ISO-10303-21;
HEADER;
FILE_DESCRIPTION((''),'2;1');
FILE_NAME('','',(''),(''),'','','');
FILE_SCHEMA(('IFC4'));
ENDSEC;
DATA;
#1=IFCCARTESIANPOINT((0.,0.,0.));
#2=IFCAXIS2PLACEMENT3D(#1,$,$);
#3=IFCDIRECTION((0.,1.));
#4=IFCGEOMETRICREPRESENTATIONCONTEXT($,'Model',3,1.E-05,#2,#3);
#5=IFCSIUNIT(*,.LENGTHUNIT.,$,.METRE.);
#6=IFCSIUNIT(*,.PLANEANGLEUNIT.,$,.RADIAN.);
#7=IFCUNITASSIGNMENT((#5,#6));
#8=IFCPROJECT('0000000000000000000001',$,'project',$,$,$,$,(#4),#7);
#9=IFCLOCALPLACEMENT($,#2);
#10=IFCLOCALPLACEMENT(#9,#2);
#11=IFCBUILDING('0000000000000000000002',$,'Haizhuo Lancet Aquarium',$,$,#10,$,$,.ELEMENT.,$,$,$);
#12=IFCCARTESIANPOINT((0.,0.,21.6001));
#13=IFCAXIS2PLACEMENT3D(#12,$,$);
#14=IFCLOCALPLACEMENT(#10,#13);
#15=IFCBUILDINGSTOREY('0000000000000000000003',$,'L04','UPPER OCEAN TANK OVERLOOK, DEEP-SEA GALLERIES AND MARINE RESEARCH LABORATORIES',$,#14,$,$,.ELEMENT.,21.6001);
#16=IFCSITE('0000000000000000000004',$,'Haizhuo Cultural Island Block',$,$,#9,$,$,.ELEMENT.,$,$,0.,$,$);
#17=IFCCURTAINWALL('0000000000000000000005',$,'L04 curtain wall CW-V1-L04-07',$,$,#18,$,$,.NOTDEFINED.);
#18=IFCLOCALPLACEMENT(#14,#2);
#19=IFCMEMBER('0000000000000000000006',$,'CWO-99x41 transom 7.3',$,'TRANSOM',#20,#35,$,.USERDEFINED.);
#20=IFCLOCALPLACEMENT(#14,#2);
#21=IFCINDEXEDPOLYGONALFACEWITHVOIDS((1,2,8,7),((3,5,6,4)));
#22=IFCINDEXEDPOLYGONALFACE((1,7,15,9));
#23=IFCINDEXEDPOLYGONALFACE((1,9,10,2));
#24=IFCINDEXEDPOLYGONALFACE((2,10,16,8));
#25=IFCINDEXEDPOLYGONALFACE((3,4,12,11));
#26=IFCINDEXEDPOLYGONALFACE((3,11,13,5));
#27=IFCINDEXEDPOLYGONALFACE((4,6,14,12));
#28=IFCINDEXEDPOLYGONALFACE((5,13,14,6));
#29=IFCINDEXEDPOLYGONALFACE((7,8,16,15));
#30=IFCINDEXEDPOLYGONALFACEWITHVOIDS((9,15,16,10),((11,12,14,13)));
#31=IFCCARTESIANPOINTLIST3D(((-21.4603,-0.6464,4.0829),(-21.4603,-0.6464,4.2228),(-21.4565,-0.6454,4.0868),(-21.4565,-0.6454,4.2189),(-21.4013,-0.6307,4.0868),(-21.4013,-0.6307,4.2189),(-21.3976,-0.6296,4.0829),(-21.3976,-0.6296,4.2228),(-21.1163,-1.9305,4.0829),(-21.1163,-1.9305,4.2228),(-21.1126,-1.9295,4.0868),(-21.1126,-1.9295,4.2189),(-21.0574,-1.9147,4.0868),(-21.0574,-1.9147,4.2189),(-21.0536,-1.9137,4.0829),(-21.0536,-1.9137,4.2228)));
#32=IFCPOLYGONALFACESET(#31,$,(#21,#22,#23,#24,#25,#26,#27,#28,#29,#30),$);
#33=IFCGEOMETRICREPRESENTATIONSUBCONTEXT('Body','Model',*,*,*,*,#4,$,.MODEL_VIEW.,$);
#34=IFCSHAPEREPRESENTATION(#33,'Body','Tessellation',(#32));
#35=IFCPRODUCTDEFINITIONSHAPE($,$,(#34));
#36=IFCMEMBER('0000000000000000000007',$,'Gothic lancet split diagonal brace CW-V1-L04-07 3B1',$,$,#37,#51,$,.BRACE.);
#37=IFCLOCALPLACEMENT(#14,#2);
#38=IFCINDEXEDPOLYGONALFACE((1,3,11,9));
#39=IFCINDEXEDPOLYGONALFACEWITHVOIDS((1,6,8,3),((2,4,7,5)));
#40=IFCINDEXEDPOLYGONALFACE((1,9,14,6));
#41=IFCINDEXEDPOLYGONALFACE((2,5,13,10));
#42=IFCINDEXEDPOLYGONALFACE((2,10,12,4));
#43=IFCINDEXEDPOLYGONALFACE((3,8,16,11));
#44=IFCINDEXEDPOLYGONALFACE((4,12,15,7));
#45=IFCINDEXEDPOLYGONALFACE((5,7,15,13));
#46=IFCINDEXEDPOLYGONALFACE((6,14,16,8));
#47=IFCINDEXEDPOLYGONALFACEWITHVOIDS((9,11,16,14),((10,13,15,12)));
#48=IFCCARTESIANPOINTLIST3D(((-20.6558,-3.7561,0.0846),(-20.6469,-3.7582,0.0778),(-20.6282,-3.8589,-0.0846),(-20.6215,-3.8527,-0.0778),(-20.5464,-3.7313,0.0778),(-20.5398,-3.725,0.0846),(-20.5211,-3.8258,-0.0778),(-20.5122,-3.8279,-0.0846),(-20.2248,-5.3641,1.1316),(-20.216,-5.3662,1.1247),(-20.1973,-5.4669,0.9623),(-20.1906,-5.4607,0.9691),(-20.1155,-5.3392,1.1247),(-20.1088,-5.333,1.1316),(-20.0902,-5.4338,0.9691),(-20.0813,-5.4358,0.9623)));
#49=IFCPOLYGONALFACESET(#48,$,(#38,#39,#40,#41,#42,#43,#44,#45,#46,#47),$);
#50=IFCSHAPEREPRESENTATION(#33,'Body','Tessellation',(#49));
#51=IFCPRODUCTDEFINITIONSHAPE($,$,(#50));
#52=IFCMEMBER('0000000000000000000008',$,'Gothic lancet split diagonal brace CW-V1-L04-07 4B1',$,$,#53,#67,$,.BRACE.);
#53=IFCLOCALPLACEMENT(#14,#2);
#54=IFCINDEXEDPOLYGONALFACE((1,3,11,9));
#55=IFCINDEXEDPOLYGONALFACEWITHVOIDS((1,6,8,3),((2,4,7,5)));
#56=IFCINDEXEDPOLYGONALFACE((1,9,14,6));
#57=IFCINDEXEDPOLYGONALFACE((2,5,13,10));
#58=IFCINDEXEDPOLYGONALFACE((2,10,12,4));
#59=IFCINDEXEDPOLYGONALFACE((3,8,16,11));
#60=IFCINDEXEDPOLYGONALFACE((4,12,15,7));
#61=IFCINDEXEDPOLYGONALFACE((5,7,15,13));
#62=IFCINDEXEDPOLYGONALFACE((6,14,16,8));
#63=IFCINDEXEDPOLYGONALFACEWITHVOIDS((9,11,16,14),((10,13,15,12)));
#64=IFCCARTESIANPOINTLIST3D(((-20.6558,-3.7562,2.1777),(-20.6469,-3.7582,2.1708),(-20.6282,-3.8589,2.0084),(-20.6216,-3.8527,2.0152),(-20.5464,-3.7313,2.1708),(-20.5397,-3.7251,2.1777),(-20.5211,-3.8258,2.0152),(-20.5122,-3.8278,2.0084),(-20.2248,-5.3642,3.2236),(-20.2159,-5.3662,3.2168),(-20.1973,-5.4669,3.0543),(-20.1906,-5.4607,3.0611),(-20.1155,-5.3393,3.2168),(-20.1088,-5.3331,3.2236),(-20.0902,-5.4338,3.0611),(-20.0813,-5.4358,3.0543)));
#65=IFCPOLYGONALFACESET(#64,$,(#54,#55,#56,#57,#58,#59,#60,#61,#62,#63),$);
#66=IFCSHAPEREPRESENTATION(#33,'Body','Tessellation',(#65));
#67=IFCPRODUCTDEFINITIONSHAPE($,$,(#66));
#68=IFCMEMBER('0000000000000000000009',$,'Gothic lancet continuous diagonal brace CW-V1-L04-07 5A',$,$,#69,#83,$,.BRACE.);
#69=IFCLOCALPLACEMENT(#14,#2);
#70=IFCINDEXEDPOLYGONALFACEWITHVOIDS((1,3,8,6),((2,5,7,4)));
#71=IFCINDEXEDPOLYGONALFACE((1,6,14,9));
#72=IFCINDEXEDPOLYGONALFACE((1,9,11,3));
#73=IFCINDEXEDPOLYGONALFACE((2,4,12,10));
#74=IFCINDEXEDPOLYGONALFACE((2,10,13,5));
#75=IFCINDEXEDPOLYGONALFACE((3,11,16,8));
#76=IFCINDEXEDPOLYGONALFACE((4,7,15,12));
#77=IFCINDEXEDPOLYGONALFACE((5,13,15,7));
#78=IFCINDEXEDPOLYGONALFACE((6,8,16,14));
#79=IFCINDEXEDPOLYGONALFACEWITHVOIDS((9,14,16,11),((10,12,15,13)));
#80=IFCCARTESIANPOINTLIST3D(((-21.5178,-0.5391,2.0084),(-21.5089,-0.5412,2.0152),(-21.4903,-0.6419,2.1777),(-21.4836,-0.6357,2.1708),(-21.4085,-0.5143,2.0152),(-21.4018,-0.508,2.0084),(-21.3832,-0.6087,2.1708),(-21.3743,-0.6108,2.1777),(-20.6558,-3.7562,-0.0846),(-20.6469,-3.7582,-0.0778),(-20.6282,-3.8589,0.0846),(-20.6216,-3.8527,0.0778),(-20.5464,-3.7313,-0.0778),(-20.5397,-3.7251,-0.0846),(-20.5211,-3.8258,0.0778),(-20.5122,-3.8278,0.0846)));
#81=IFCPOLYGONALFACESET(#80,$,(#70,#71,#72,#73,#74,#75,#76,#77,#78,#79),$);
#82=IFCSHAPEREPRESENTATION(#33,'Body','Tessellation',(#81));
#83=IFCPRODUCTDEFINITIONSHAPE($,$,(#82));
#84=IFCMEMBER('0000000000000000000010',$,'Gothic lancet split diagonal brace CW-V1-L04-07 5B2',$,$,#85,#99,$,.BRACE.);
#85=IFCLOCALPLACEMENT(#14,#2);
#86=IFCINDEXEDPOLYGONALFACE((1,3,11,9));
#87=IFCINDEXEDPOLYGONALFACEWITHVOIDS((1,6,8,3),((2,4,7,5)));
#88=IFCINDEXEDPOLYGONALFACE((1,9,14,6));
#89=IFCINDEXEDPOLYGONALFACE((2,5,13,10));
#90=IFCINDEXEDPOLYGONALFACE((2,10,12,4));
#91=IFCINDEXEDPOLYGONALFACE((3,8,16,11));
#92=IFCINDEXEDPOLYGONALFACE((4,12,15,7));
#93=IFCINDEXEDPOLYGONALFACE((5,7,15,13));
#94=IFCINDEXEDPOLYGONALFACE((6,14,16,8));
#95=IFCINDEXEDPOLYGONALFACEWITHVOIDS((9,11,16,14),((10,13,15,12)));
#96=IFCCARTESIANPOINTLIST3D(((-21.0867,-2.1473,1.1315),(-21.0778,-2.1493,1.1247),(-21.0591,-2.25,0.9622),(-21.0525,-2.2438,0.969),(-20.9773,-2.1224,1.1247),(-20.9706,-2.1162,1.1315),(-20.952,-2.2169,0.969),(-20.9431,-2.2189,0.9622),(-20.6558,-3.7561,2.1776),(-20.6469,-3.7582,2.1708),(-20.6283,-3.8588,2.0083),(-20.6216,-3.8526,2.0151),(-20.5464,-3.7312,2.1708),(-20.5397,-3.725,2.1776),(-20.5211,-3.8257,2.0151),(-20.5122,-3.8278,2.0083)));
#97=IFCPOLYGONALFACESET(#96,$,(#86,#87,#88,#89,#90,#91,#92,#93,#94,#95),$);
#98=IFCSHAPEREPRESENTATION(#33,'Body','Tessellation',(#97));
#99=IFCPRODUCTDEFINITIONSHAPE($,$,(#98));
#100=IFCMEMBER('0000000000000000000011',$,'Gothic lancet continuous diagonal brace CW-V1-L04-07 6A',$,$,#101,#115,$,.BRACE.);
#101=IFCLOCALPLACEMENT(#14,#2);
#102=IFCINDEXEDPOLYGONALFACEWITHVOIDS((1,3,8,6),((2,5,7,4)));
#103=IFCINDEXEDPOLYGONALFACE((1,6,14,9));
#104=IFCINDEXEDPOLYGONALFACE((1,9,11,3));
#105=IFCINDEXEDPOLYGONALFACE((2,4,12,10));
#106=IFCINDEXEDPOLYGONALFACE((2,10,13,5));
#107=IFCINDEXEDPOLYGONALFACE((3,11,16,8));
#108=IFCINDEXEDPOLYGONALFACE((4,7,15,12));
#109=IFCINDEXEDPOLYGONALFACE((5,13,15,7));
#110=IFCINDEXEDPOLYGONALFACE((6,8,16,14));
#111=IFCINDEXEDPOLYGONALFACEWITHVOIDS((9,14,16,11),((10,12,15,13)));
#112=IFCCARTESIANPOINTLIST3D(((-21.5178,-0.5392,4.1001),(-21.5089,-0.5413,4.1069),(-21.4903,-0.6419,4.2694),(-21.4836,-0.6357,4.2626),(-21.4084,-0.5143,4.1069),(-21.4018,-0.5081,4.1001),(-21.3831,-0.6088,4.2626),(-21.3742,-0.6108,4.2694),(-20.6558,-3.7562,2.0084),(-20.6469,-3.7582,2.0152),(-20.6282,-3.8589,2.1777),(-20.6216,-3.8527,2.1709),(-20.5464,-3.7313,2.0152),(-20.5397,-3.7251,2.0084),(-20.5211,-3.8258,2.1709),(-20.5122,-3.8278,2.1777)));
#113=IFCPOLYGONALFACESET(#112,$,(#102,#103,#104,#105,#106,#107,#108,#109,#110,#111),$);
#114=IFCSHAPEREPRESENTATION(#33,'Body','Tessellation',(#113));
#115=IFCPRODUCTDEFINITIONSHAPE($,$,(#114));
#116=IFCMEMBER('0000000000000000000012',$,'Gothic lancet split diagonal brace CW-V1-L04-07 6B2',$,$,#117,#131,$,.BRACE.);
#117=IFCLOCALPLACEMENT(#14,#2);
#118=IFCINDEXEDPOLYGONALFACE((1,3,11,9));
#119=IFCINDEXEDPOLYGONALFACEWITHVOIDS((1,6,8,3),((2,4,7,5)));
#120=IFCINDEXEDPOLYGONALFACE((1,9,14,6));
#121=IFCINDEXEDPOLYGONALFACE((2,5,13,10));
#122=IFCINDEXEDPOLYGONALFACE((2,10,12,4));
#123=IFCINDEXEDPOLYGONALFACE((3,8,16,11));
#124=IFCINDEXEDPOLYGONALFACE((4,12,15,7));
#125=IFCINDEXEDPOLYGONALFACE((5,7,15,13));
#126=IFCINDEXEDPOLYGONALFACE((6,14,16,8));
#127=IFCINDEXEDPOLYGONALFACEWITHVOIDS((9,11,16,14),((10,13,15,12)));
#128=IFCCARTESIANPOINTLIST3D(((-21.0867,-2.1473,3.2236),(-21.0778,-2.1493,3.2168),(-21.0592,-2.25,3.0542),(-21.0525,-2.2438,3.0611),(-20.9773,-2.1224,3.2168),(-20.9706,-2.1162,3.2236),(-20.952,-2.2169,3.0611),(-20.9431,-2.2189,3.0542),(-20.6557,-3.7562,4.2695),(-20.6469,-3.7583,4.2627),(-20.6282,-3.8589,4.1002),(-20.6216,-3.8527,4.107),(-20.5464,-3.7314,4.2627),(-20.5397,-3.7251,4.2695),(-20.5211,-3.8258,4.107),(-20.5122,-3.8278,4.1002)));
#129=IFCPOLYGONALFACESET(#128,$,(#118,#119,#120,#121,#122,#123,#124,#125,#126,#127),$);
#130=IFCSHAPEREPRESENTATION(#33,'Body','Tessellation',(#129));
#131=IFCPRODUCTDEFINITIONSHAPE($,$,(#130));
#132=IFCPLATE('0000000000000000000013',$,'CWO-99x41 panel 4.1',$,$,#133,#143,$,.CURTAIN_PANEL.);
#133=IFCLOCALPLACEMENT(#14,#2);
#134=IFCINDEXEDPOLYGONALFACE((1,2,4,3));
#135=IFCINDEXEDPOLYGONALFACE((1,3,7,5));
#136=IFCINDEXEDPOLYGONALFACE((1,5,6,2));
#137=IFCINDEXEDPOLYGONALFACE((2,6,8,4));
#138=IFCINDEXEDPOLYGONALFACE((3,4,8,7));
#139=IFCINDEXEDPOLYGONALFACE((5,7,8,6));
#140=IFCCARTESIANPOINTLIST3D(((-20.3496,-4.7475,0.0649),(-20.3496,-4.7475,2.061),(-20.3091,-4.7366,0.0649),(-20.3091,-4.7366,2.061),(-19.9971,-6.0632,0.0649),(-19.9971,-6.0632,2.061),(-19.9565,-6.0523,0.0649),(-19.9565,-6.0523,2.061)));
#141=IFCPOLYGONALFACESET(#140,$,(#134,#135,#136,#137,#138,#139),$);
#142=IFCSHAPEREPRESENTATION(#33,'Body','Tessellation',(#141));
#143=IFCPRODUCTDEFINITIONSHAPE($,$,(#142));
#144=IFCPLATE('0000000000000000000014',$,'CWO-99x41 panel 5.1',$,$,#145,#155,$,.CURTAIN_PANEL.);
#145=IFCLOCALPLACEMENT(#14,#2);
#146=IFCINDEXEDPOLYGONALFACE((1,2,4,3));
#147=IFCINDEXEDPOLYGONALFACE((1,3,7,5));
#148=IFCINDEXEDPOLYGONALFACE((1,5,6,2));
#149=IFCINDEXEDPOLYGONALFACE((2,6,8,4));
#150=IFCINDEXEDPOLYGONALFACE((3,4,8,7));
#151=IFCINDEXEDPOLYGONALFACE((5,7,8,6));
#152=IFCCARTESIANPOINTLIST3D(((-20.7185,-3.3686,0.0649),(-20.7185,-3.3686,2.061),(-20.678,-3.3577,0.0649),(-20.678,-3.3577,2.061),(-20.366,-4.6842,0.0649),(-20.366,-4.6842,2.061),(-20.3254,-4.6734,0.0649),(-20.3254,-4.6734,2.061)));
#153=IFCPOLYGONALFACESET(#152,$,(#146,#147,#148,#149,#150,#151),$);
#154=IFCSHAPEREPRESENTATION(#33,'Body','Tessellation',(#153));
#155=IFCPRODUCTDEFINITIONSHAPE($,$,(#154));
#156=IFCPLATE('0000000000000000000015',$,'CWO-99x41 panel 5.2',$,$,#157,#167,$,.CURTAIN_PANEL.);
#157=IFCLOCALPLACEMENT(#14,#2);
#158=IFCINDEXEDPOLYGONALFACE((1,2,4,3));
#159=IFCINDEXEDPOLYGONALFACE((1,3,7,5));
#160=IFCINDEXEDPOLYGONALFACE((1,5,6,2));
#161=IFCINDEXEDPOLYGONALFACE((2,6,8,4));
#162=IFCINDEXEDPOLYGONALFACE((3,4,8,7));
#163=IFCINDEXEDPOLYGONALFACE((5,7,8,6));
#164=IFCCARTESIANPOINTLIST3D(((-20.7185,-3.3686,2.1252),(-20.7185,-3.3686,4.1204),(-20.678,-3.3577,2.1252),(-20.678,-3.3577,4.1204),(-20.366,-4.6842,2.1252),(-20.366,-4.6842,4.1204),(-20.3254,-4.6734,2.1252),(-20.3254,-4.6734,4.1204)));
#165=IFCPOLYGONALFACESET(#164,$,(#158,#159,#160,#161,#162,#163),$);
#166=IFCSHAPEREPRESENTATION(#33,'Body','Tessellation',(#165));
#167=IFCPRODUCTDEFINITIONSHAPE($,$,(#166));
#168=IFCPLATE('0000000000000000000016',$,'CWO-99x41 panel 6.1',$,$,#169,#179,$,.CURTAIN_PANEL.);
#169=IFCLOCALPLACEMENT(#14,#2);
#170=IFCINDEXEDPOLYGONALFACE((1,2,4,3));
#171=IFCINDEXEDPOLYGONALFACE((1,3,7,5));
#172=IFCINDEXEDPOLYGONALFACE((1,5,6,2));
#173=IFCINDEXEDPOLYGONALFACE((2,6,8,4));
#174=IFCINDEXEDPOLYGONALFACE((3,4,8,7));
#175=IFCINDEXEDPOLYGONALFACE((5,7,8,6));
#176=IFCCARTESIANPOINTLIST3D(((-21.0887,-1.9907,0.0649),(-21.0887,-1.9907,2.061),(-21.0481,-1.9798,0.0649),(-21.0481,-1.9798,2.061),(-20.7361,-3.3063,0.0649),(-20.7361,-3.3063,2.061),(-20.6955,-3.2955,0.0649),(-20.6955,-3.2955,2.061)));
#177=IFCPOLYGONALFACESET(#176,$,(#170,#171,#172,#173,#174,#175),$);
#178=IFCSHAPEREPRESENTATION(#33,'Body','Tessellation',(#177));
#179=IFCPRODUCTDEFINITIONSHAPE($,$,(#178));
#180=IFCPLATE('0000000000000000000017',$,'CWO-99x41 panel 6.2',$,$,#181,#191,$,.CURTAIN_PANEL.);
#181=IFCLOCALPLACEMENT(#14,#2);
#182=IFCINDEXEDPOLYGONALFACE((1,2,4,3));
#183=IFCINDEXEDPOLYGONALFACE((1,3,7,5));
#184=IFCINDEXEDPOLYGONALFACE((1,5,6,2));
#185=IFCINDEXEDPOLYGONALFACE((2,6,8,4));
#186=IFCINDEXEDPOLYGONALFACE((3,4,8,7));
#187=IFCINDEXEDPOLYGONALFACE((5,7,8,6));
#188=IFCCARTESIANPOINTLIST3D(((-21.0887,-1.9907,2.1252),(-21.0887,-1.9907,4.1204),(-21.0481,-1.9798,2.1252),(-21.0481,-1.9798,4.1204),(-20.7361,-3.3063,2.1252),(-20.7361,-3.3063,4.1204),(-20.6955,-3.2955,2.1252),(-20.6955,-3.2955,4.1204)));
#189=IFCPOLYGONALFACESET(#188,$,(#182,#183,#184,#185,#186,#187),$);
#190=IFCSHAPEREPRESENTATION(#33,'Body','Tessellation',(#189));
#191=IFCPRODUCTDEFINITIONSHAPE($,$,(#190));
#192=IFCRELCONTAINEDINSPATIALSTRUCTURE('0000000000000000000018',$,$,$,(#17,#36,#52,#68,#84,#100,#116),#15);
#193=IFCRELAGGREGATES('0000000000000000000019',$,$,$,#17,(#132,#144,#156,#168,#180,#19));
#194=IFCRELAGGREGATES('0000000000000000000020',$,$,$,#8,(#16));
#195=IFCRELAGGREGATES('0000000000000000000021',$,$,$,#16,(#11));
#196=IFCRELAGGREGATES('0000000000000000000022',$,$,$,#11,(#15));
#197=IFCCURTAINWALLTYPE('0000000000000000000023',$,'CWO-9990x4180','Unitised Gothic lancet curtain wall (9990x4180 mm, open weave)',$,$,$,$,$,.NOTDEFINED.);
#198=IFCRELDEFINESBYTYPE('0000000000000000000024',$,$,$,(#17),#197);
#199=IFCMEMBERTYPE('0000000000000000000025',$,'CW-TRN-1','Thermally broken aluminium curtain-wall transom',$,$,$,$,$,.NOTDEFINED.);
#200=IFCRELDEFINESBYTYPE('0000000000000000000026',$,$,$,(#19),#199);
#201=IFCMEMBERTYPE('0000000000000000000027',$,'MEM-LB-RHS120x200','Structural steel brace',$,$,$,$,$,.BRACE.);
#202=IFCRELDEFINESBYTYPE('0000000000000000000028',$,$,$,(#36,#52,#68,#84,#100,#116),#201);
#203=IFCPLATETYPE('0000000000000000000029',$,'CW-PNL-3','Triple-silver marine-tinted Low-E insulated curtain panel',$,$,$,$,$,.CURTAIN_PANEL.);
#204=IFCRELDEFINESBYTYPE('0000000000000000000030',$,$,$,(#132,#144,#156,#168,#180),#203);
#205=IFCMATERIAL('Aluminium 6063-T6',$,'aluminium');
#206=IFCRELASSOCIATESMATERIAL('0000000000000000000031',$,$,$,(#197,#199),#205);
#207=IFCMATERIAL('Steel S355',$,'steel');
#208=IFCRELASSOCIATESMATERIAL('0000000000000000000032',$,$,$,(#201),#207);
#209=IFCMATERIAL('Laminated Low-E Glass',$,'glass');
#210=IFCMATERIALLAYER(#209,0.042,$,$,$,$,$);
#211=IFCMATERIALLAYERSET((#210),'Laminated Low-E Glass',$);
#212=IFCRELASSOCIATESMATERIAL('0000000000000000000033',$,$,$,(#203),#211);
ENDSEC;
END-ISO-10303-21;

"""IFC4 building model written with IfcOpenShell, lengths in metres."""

from ifc_helpers import new_model, si_unit, direction, frame, origin, origin_2d, place, context, subcontext, project, spatial, rectangle, hollow_rectangle, extrude, material, layer, layer_set, material_profile, profile_set, type_object, element, aggregate, save


model = new_model("IFC4")

# Units and contexts
model_context = context("Model", 3, precision=1e-05, world=origin(), true_north=direction((0.0, 1.0)))
body_context = subcontext(model_context, "Body", "Model", "MODEL_VIEW")
ifc_project = project(units=[si_unit("LENGTHUNIT", "METRE"), si_unit("PLANEANGLEUNIT", "RADIAN")], contexts=[model_context])

# Site, building, storey
site_placement = place(None, origin())
site = spatial("IfcSite", under=ifc_project, at=site_placement, Name="Haizhuo Cultural Island Block", CompositionType="ELEMENT", RefElevation=0.0)
building_placement = place(site_placement, origin())
building = spatial("IfcBuilding", under=site, at=building_placement, Name="Haizhuo Lancet Aquarium", CompositionType="ELEMENT")
storey_placement = place(building_placement, frame((0.0, 0.0, 21.6001)))
storey = spatial("IfcBuildingStorey", under=building, at=storey_placement, Name="L04", Description="UPPER OCEAN TANK OVERLOOK, DEEP-SEA GALLERIES AND MARINE RESEARCH LABORATORIES", CompositionType="ELEMENT", Elevation=21.6001)

# Curtain wall, member
ifc_material_1 = material(Name="Aluminium 6063-T6", Category="aluminium")
curtain_wall_type = type_object("IfcCurtainWallType", Name="CWO-9990x4180", Description="Unitised Gothic lancet curtain wall (9990x4180 mm, open weave)", PredefinedType="NOTDEFINED", material=ifc_material_1)
curtain_wall_placement = place(storey_placement, origin())
curtain_wall = element("IfcCurtainWall", 1, at=curtain_wall_placement, inside=storey, type_object=curtain_wall_type, Name="L04 curtain wall CW-V1-L04-07", PredefinedType="NOTDEFINED")
ifc_material_profile_1 = material_profile(ifc_material_1, hollow_rectangle(XDim=0.0649, YDim=0.1399, WallThickness=0.0039, at=origin_2d()), Name="ALU-T 65x140x4")
ifc_profile_set_1 = profile_set([ifc_material_profile_1], Name="Aluminium 6063-T6")
member_type_1 = type_object("IfcMemberType", Name="CW-TRN-1", Description="Thermally broken aluminium curtain-wall transom", PredefinedType="NOTDEFINED", material=ifc_profile_set_1)
member_1_placement = place(storey_placement, frame((-21.085, -1.9221, 4.1528), z_axis=(-0.258748, 0.965945, 0.0), x_axis=(-0.965945, -0.258748, 0.0)))
member_1 = element("IfcMember", 2, at=member_1_placement, type_object=member_type_1, Name="CWO-99x41 transom 7.3", ObjectType="TRANSOM", PredefinedType="USERDEFINED", context=body_context, shape_type="SweptSolid", body=[
    extrude(hollow_rectangle(XDim=0.0649, YDim=0.1399, WallThickness=0.0039, at=origin_2d()), origin(), (0.0, 0.0, 1.0), 1.3293),
])

# Members
ifc_material_2 = material(Name="Steel S355", Category="steel")
ifc_material_profile_2 = material_profile(ifc_material_2, hollow_rectangle(XDim=0.1201, YDim=0.2, WallThickness=0.0081, at=origin_2d()), Name="RHS 120x200x8")
ifc_profile_set_2 = profile_set([ifc_material_profile_2], Name="Steel S355")
member_type_2 = type_object("IfcMemberType", Name="MEM-LB-RHS120x200", Description="Structural steel brace", PredefinedType="BRACE", material=ifc_profile_set_2)
member_2_placement = place(storey_placement, frame((-20.584, -3.792, 0.0), z_axis=(0.219128, -0.817663, 0.532363), x_axis=(0.965915, 0.258858, 0.0)))
element("IfcMember", 3, at=member_2_placement, inside=storey, type_object=member_type_2, Name="Gothic lancet split diagonal brace CW-V1-L04-07 3B1", PredefinedType="BRACE", context=body_context, shape_type="SweptSolid", body=[
    extrude(hollow_rectangle(XDim=0.1201, YDim=0.2, WallThickness=0.0081, at=origin_2d()), origin(), (0.0, 0.0, 1.0), 1.9666),
])
member_3_placement = place(storey_placement, frame((-20.584, -3.792, 2.093), z_axis=(0.219186, -0.817879, 0.532007), x_axis=(0.965915, 0.258858, 0.0)))
element("IfcMember", 4, at=member_3_placement, inside=storey, type_object=member_type_2, Name="Gothic lancet split diagonal brace CW-V1-L04-07 4B1", PredefinedType="BRACE", context=body_context, shape_type="SweptSolid", body=[
    extrude(hollow_rectangle(XDim=0.1201, YDim=0.2, WallThickness=0.0081, at=origin_2d()), origin(), (0.0, 0.0, 1.0), 1.9661),
])
member_4_placement = place(storey_placement, frame((-20.584, -3.792, 0.0), z_axis=(-0.219153, 0.817836, 0.532087), x_axis=(-0.965922, -0.258835, 0.0)))
element("IfcMember", 5, at=member_4_placement, inside=storey, type_object=member_type_2, Name="Gothic lancet continuous diagonal brace CW-V1-L04-07 5A", PredefinedType="BRACE", context=body_context, shape_type="SweptSolid", body=[
    extrude(hollow_rectangle(XDim=0.1201, YDim=0.2, WallThickness=0.0081, at=origin_2d()), origin(), (0.0, 0.0, 1.0), 3.9336),
])
member_5_placement = place(storey_placement, frame((-21.0149, -2.1831, 1.0469), z_axis=(0.219082, -0.81799, 0.53188), x_axis=(0.965955, 0.258712, 0.0)))
element("IfcMember", 6, at=member_5_placement, inside=storey, type_object=member_type_2, Name="Gothic lancet split diagonal brace CW-V1-L04-07 5B2", PredefinedType="BRACE", context=body_context, shape_type="SweptSolid", body=[
    extrude(hollow_rectangle(XDim=0.1201, YDim=0.2, WallThickness=0.0081, at=origin_2d()), origin(), (0.0, 0.0, 1.0), 1.9668),
])
member_6_placement = place(storey_placement, frame((-20.584, -3.792, 2.093), z_axis=(-0.219189, 0.817971, 0.531864), x_axis=(-0.965922, -0.258835, 0.0)))
element("IfcMember", 7, at=member_6_placement, inside=storey, type_object=member_type_2, Name="Gothic lancet continuous diagonal brace CW-V1-L04-07 6A", PredefinedType="BRACE", context=body_context, shape_type="SweptSolid", body=[
    extrude(hollow_rectangle(XDim=0.1201, YDim=0.2, WallThickness=0.0081, at=origin_2d()), origin(), (0.0, 0.0, 1.0), 3.9329),
])
member_7_placement = place(storey_placement, frame((-21.0149, -2.1831, 3.1389), z_axis=(0.219097, -0.818044, 0.53179), x_axis=(0.965955, 0.258712, 0.0)))
element("IfcMember", 8, at=member_7_placement, inside=storey, type_object=member_type_2, Name="Gothic lancet split diagonal brace CW-V1-L04-07 6B2", PredefinedType="BRACE", context=body_context, shape_type="SweptSolid", body=[
    extrude(hollow_rectangle(XDim=0.1201, YDim=0.2, WallThickness=0.0081, at=origin_2d()), origin(), (0.0, 0.0, 1.0), 1.9668),
])

# Plates
ifc_material_3 = material(Name="Laminated Low-E Glass", Category="glass")
ifc_layer = layer(ifc_material_3, 0.042)
ifc_layer_set = layer_set([ifc_layer], Name="Laminated Low-E Glass")
plate_type = type_object("IfcPlateType", Name="CW-PNL-3", Description="Triple-silver marine-tinted Low-E insulated curtain panel", PredefinedType="CURTAIN_PANEL", material=ifc_layer_set)
plate_1_placement = place(storey_placement, frame((-20.1531, -5.3999, 0.0649), z_axis=(0.0, 0.0, 1.0), x_axis=(-0.258853, 0.965917, 0.0)))
plate_1 = element("IfcPlate", 9, at=plate_1_placement, type_object=plate_type, Name="CWO-99x41 panel 4.1", PredefinedType="CURTAIN_PANEL", context=body_context, shape_type="SweptSolid", body=[
    extrude(rectangle(XDim=1.3621, YDim=0.042, at=origin_2d()), origin(), (0.0, 0.0, 1.0), 1.9961),
])
plate_2_placement = place(storey_placement, frame((-20.522, -4.021, 0.0649), z_axis=(0.0, 0.0, 1.0), x_axis=(-0.258853, 0.965917, 0.0)))
plate_2 = element("IfcPlate", 10, at=plate_2_placement, type_object=plate_type, Name="CWO-99x41 panel 5.1", PredefinedType="CURTAIN_PANEL", context=body_context, shape_type="SweptSolid", body=[
    extrude(rectangle(XDim=1.3621, YDim=0.042, at=origin_2d()), origin(), (0.0, 0.0, 1.0), 1.9961),
])
plate_3_placement = place(storey_placement, frame((-20.522, -4.021, 2.1252), z_axis=(0.0, 0.0, 1.0), x_axis=(-0.258853, 0.965917, 0.0)))
plate_3 = element("IfcPlate", 11, at=plate_3_placement, type_object=plate_type, Name="CWO-99x41 panel 5.2", PredefinedType="CURTAIN_PANEL", context=body_context, shape_type="SweptSolid", body=[
    extrude(rectangle(XDim=1.3621, YDim=0.042, at=origin_2d()), origin(), (0.0, 0.0, 1.0), 1.9951),
])
plate_4_placement = place(storey_placement, frame((-20.8921, -2.6431, 0.0649), z_axis=(0.0, 0.0, 1.0), x_axis=(-0.258853, 0.965917, 0.0)))
plate_4 = element("IfcPlate", 12, at=plate_4_placement, type_object=plate_type, Name="CWO-99x41 panel 6.1", PredefinedType="CURTAIN_PANEL", context=body_context, shape_type="SweptSolid", body=[
    extrude(rectangle(XDim=1.3621, YDim=0.042, at=origin_2d()), origin(), (0.0, 0.0, 1.0), 1.9961),
])
plate_5_placement = place(storey_placement, frame((-20.8921, -2.6431, 2.1252), z_axis=(0.0, 0.0, 1.0), x_axis=(-0.258853, 0.965917, 0.0)))
plate_5 = element("IfcPlate", 13, at=plate_5_placement, type_object=plate_type, Name="CWO-99x41 panel 6.2", PredefinedType="CURTAIN_PANEL", context=body_context, shape_type="SweptSolid", body=[
    extrude(rectangle(XDim=1.3621, YDim=0.042, at=origin_2d()), origin(), (0.0, 0.0, 1.0), 1.9951),
])
aggregate(curtain_wall, [plate_1, plate_2, plate_3, plate_4, plate_5, member_1])

save(model, "model.ifc")
